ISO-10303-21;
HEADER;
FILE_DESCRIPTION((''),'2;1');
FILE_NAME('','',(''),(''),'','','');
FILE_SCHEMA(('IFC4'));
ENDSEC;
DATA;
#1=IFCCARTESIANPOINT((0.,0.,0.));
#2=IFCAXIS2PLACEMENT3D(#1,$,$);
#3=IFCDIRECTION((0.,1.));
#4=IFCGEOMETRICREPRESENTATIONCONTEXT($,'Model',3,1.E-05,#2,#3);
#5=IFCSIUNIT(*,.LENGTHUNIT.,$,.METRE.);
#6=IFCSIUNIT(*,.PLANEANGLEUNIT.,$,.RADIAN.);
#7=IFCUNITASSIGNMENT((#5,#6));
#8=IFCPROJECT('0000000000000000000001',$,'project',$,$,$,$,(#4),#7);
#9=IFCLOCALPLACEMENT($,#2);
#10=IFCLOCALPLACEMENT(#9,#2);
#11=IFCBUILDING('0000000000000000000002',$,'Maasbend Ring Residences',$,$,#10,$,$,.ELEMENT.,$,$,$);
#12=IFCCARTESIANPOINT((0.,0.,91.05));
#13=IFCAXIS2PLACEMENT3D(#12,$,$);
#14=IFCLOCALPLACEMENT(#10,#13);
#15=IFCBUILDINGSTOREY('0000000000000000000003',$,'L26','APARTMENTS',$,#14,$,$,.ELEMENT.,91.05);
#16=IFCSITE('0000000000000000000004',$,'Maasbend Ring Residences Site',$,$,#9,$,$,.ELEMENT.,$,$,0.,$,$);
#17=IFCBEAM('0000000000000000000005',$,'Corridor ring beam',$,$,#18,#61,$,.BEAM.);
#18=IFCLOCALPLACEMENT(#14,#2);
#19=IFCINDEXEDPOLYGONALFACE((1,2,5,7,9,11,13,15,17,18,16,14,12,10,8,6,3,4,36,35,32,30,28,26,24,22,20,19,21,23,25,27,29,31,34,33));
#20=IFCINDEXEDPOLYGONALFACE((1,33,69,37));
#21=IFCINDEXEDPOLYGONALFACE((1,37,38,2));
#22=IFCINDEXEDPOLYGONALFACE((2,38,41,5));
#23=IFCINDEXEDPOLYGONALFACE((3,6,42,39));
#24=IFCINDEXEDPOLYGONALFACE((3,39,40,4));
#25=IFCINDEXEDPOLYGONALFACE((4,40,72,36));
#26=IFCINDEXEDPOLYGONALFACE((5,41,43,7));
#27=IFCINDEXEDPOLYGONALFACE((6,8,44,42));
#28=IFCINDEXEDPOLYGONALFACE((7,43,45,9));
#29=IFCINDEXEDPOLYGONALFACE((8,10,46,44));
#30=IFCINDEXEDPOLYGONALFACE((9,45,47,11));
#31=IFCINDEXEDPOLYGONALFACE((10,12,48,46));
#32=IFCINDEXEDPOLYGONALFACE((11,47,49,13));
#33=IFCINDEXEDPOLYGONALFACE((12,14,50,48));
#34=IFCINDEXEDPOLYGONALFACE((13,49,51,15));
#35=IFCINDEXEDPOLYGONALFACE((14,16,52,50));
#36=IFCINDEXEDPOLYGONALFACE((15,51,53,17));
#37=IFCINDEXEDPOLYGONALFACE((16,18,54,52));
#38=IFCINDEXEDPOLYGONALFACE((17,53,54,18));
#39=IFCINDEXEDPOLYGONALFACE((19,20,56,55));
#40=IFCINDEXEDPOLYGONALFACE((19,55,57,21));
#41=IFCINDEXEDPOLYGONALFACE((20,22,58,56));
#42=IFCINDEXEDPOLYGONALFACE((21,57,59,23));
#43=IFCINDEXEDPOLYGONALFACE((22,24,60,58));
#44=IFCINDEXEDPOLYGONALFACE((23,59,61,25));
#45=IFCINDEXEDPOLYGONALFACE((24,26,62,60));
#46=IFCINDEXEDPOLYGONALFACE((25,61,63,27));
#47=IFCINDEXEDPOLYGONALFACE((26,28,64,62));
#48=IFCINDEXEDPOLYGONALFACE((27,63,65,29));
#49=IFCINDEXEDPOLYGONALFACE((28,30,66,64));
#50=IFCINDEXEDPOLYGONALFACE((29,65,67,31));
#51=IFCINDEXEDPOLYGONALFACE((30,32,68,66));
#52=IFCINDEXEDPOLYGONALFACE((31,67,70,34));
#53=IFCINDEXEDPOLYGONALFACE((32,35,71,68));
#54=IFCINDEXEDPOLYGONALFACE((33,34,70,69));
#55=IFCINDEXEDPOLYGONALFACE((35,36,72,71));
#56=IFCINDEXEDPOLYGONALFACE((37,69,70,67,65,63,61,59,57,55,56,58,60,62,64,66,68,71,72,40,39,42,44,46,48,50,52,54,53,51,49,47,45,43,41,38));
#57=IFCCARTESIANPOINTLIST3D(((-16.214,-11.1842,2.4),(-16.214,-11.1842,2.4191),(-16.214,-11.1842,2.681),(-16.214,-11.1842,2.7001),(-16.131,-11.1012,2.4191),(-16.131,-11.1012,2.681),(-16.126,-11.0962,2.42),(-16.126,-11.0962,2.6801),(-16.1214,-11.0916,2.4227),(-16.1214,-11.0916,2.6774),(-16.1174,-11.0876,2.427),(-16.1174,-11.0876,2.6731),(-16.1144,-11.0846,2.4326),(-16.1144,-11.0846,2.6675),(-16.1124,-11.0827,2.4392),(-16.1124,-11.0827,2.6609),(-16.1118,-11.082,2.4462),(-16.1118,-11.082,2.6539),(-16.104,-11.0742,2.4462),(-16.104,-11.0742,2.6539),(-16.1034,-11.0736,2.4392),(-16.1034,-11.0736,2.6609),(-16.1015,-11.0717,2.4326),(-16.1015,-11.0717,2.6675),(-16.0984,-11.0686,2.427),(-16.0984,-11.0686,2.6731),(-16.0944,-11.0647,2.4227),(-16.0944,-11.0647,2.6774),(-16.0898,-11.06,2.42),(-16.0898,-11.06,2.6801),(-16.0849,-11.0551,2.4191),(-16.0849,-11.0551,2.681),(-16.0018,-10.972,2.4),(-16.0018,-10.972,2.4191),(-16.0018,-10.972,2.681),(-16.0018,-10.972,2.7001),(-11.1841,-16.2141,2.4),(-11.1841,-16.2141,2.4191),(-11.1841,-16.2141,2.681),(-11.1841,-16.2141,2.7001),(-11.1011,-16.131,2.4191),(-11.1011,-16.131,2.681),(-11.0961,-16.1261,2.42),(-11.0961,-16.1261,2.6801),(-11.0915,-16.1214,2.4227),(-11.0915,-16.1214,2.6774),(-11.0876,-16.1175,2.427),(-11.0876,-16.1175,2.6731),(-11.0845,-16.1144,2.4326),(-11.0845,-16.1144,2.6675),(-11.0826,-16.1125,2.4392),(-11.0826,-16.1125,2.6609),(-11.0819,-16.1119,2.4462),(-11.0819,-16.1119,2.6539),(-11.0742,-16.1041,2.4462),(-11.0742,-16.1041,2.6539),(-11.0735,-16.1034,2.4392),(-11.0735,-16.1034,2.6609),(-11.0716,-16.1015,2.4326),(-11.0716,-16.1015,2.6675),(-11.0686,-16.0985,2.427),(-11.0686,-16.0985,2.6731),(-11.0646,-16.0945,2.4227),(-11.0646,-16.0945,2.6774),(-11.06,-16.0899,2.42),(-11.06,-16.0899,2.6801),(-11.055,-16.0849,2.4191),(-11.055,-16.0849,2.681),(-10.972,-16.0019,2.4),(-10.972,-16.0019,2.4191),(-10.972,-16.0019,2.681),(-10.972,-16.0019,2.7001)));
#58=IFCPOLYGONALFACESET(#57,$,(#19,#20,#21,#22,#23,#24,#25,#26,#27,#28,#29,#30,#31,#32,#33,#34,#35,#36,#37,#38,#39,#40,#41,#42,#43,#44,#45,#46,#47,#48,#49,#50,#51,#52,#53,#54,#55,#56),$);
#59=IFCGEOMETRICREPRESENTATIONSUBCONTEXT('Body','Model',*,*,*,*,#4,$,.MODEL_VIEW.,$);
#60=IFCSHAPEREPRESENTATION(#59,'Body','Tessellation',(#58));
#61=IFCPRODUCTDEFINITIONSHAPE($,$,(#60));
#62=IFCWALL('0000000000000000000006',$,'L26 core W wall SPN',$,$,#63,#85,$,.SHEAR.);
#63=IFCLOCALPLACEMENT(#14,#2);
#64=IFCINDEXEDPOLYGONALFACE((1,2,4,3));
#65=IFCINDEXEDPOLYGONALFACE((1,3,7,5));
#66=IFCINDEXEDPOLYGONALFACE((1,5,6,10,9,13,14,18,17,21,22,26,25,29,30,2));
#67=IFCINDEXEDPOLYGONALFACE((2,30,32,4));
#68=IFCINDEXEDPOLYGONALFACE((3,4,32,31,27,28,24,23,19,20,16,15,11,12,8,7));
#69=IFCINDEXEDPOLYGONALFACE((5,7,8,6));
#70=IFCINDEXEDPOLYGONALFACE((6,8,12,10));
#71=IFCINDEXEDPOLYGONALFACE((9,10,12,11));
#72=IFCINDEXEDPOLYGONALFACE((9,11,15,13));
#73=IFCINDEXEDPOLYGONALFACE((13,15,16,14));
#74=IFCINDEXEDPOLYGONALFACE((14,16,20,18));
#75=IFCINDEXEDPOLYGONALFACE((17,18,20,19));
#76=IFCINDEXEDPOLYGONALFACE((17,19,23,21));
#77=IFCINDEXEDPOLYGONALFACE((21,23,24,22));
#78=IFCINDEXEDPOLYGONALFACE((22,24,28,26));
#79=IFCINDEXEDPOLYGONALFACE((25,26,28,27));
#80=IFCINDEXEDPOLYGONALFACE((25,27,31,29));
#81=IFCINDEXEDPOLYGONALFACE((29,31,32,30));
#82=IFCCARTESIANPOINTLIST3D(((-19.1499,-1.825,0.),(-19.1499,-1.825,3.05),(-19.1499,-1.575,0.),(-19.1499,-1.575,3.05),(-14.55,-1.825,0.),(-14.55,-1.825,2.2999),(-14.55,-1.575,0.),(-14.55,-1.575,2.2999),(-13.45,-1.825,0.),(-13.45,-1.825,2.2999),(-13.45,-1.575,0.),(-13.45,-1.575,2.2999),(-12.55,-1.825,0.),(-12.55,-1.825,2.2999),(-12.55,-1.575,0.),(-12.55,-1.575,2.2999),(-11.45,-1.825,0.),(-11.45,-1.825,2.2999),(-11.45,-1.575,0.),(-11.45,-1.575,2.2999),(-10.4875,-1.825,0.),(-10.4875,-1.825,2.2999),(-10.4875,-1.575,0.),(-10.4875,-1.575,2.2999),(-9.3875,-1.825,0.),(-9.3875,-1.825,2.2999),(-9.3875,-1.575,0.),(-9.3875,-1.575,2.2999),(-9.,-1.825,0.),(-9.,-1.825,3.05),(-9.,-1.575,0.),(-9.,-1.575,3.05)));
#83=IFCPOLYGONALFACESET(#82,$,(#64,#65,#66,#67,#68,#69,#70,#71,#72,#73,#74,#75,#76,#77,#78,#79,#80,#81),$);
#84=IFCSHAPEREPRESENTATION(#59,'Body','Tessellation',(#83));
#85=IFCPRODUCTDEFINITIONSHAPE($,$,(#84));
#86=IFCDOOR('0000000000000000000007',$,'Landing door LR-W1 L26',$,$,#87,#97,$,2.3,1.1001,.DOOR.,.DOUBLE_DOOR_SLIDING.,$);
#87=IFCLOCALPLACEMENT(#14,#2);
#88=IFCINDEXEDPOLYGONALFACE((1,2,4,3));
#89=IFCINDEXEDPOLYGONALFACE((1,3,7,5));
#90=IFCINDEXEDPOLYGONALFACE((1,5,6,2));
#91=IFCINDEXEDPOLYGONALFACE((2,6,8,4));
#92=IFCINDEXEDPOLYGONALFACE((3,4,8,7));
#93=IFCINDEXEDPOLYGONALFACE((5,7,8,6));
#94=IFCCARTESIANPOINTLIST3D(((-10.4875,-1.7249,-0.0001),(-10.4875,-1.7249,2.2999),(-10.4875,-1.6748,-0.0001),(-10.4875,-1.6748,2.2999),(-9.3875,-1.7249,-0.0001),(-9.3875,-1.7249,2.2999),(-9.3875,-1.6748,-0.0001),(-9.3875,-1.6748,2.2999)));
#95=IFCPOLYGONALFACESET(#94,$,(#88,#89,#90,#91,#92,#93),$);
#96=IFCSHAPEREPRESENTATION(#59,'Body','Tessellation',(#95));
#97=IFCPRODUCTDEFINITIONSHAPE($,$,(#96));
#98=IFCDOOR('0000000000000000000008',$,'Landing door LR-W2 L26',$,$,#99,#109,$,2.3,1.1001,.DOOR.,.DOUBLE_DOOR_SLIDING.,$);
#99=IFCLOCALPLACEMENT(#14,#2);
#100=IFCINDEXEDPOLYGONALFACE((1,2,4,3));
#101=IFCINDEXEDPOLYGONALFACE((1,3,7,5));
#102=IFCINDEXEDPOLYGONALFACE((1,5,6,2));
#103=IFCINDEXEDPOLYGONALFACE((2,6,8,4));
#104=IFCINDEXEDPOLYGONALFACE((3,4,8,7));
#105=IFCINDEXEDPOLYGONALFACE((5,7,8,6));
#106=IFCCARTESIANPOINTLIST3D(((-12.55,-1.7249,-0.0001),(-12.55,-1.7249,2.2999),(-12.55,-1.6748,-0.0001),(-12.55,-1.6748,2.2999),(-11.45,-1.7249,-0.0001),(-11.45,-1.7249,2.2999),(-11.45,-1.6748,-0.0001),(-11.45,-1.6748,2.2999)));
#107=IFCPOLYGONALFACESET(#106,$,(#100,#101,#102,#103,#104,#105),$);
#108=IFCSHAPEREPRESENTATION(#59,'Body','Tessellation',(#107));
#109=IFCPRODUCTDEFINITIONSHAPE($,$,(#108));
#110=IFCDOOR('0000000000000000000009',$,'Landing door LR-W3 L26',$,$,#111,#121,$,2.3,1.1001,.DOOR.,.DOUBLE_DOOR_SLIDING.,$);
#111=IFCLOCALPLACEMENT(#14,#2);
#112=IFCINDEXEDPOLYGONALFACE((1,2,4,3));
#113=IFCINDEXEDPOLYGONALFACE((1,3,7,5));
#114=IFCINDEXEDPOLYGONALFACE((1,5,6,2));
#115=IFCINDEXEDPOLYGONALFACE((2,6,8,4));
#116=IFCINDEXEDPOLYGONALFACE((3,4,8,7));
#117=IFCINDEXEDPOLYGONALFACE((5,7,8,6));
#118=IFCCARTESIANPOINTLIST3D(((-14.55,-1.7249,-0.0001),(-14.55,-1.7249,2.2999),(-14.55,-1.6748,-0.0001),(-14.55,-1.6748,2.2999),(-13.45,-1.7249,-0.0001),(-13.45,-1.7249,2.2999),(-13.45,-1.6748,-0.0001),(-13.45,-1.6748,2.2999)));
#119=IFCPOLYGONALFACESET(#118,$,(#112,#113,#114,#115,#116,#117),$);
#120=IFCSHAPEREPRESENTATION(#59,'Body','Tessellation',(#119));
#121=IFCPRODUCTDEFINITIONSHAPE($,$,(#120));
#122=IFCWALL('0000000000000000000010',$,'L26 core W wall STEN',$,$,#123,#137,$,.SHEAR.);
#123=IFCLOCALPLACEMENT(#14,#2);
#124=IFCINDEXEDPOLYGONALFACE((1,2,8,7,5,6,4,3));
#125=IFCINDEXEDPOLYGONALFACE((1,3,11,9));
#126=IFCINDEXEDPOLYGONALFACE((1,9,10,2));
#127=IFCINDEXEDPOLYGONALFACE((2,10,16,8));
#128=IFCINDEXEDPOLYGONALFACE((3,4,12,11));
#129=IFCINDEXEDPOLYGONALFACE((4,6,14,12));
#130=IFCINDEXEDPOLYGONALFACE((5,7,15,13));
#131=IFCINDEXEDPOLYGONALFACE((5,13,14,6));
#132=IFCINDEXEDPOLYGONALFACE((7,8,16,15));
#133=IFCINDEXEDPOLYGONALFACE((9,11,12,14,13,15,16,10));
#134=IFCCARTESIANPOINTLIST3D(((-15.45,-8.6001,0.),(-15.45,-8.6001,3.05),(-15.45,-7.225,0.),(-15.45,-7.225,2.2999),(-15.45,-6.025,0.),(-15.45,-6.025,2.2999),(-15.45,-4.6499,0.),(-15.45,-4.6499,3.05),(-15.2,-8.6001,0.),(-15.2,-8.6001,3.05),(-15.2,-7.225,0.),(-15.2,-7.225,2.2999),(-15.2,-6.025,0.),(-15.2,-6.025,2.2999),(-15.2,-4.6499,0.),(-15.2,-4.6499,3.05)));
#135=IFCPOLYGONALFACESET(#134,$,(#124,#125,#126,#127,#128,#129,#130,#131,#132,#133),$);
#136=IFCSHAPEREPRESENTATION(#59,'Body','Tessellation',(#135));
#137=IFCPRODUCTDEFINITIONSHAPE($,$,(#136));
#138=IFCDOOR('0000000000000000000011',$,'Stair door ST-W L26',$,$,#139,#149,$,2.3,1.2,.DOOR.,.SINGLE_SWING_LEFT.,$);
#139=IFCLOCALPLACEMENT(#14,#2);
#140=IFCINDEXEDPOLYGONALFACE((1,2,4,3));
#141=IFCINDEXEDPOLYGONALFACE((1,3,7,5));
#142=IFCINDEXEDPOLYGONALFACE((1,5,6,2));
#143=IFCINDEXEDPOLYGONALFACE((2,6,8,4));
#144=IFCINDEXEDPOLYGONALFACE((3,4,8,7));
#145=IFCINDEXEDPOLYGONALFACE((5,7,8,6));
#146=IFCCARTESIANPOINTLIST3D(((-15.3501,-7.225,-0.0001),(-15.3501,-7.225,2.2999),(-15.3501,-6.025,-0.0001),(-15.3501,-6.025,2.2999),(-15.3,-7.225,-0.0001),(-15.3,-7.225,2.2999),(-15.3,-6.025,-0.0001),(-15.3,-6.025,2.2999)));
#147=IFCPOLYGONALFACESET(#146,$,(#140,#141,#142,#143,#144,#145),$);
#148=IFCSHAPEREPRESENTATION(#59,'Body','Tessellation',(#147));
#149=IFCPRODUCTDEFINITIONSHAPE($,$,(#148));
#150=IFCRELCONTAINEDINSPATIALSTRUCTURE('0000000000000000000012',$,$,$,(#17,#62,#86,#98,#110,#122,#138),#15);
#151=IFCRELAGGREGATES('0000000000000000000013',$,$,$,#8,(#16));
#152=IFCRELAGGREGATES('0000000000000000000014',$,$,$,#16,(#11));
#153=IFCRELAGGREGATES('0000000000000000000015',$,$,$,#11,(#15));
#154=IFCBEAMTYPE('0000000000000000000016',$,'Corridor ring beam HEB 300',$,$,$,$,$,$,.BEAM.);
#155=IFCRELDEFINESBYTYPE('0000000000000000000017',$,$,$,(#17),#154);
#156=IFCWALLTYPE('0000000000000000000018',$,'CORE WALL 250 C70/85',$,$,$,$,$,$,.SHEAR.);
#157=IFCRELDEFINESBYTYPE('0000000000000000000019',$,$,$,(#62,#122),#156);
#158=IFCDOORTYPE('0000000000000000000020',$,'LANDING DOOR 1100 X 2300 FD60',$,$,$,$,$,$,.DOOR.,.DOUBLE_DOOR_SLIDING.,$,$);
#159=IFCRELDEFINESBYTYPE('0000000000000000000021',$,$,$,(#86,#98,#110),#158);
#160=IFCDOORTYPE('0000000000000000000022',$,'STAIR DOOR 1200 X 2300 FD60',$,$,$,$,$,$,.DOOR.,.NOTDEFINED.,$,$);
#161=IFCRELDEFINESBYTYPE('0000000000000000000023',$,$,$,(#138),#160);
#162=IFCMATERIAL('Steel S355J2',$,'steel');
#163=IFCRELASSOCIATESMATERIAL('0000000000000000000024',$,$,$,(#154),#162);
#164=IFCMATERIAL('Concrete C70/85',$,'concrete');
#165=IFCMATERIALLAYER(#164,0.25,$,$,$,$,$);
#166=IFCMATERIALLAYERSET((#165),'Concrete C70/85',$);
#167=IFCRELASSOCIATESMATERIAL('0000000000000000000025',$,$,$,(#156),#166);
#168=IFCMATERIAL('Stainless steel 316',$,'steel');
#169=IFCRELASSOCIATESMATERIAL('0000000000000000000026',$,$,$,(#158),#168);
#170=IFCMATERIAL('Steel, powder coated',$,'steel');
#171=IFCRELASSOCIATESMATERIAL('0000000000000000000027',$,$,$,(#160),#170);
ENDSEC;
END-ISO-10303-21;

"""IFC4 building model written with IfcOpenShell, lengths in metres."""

from ifc_helpers import new_model, si_unit, direction, frame, frame_2d, origin, origin_2d, place, context, subcontext, project, spatial, rectangle, i_section, extrude, material, layer, layer_set, material_profile, profile_set, type_object, element, fill, save


model = new_model("IFC4")

# Units and contexts
model_context = context("Model", 3, precision=1e-05, world=origin(), true_north=direction((0.0, 1.0)))
body_context = subcontext(model_context, "Body", "Model", "MODEL_VIEW")
ifc_project = project(units=[si_unit("LENGTHUNIT", "METRE"), si_unit("PLANEANGLEUNIT", "RADIAN")], contexts=[model_context])

# Site, building, storey
site_placement = place(None, origin())
site = spatial("IfcSite", under=ifc_project, at=site_placement, Name="Maasbend Ring Residences Site", CompositionType="ELEMENT", RefElevation=0.0)
building_placement = place(site_placement, origin())
building = spatial("IfcBuilding", under=site, at=building_placement, Name="Maasbend Ring Residences", CompositionType="ELEMENT")
storey_placement = place(building_placement, frame((0.0, 0.0, 91.05)))
storey = spatial("IfcBuildingStorey", under=building, at=storey_placement, Name="L26", Description="APARTMENTS", CompositionType="ELEMENT", Elevation=91.05)

# Beam
ifc_material_1 = material(Name="Steel S355J2", Category="steel")
ifc_material_profile = material_profile(ifc_material_1, i_section(OverallWidth=0.3, OverallDepth=0.3, WebThickness=0.011, FlangeThickness=0.019, FilletRadius=0.0271, at=origin_2d()), Name="HEB 300")
ifc_profile_set = profile_set([ifc_material_profile], Name="Steel S355J2")
beam_type = type_object("IfcBeamType", Name="Corridor ring beam HEB 300", PredefinedType="BEAM", material=ifc_profile_set)
beam_placement = place(storey_placement, frame((-16.1079, -11.0781, 2.55), z_axis=(0.707107, -0.707107, 0.0), x_axis=(0.707107, 0.707107, 0.0)))
element("IfcBeam", 1, at=beam_placement, inside=storey, type_object=beam_type, Name="Corridor ring beam", PredefinedType="BEAM", context=body_context, shape_type="SweptSolid", body=[
    extrude(i_section(OverallWidth=0.3, OverallDepth=0.3, WebThickness=0.011, FlangeThickness=0.019, FilletRadius=0.0271, at=origin_2d()), origin(), (0.0, 0.0, 1.0), 7.1133),
])

# Wall, openings, doors
ifc_material_2 = material(Name="Concrete C70/85", Category="concrete")
ifc_layer_1 = layer(ifc_material_2, 0.25)
ifc_layer_set_1 = layer_set([ifc_layer_1], Name="Concrete C70/85")
wall_type_1 = type_object("IfcWallType", Name="CORE WALL 250 C70/85", PredefinedType="SHEAR", material=ifc_layer_set_1)
wall_1_placement = place(storey_placement, frame((-9.0, -1.7, 0.0), z_axis=(0.0, 0.0, 1.0), x_axis=(-1.0, 0.0, 0.0)))
wall_1 = element("IfcWall", 2, at=wall_1_placement, inside=storey, type_object=wall_type_1, Name="L26 core W wall SPN", PredefinedType="SHEAR", context=body_context, shape_type="SweptSolid", body=[
    extrude(rectangle(XDim=10.1499, YDim=0.25, at=frame_2d((5.075, 0.0))), origin(), (0.0, 0.0, 1.0), 3.05),
])
opening_1_placement = place(wall_1_placement, frame((0.3875, 0.0, 0.0)))
opening_1 = element("IfcOpeningElement", 3, at=opening_1_placement, cuts=wall_1, PredefinedType="OPENING", context=body_context, shape_type="SweptSolid", body=[
    extrude(rectangle(XDim=1.1001, YDim=2.3, at=frame_2d((0.55, 1.1499))), frame((0.0, 0.135, 0.0), z_axis=(0.0, -1.0, 0.0), x_axis=(1.0, 0.0, 0.0)), (0.0, 0.0, 1.0), 0.27),
])
opening_2_placement = place(wall_1_placement, frame((2.45, 0.0, 0.0)))
opening_2 = element("IfcOpeningElement", 4, at=opening_2_placement, cuts=wall_1, PredefinedType="OPENING", context=body_context, shape_type="SweptSolid", body=[
    extrude(rectangle(XDim=1.1001, YDim=2.3, at=frame_2d((0.55, 1.1499))), frame((0.0, 0.135, 0.0), z_axis=(0.0, -1.0, 0.0), x_axis=(1.0, 0.0, 0.0)), (0.0, 0.0, 1.0), 0.27),
])
opening_3_placement = place(wall_1_placement, frame((4.45, 0.0, 0.0)))
opening_3 = element("IfcOpeningElement", 5, at=opening_3_placement, cuts=wall_1, PredefinedType="OPENING", context=body_context, shape_type="SweptSolid", body=[
    extrude(rectangle(XDim=1.1001, YDim=2.3, at=frame_2d((0.55, 1.1499))), frame((0.0, 0.135, 0.0), z_axis=(0.0, -1.0, 0.0), x_axis=(1.0, 0.0, 0.0)), (0.0, 0.0, 1.0), 0.27),
])
ifc_material_3 = material(Name="Stainless steel 316", Category="steel")
door_type_1 = type_object("IfcDoorType", Name="LANDING DOOR 1100 X 2300 FD60", OperationType="DOUBLE_DOOR_SLIDING", PredefinedType="DOOR", material=ifc_material_3)
door_1_placement = place(opening_1_placement, origin())
door_1 = element("IfcDoor", 6, at=door_1_placement, inside=storey, type_object=door_type_1, Name="Landing door LR-W1 L26", OperationType="DOUBLE_DOOR_SLIDING", OverallHeight=2.3, OverallWidth=1.1001, PredefinedType="DOOR", context=body_context, shape_type="SweptSolid", body=[
    extrude(rectangle(XDim=1.1001, YDim=2.3, at=frame_2d((0.55, 1.1499))), frame((0.0, 0.0249, 0.0), z_axis=(0.0, -1.0, 0.0), x_axis=(1.0, 0.0, 0.0)), (0.0, 0.0, 1.0), 0.05),
])
fill(opening_1, door_1)
door_2_placement = place(opening_2_placement, origin())
door_2 = element("IfcDoor", 7, at=door_2_placement, inside=storey, type_object=door_type_1, Name="Landing door LR-W2 L26", OperationType="DOUBLE_DOOR_SLIDING", OverallHeight=2.3, OverallWidth=1.1001, PredefinedType="DOOR", context=body_context, shape_type="SweptSolid", body=[
    extrude(rectangle(XDim=1.1001, YDim=2.3, at=frame_2d((0.55, 1.1499))), frame((0.0, 0.0249, 0.0), z_axis=(0.0, -1.0, 0.0), x_axis=(1.0, 0.0, 0.0)), (0.0, 0.0, 1.0), 0.05),
])
fill(opening_2, door_2)
door_3_placement = place(opening_3_placement, origin())
door_3 = element("IfcDoor", 8, at=door_3_placement, inside=storey, type_object=door_type_1, Name="Landing door LR-W3 L26", OperationType="DOUBLE_DOOR_SLIDING", OverallHeight=2.3, OverallWidth=1.1001, PredefinedType="DOOR", context=body_context, shape_type="SweptSolid", body=[
    extrude(rectangle(XDim=1.1001, YDim=2.3, at=frame_2d((0.55, 1.1499))), frame((0.0, 0.0249, 0.0), z_axis=(0.0, -1.0, 0.0), x_axis=(1.0, 0.0, 0.0)), (0.0, 0.0, 1.0), 0.05),
])
fill(opening_3, door_3)

# Wall, opening, door
wall_2_placement = place(storey_placement, frame((-15.325, -4.6499, 0.0), z_axis=(0.0, 0.0, 1.0), x_axis=(0.0, -1.0, 0.0)))
wall_2 = element("IfcWall", 9, at=wall_2_placement, inside=storey, type_object=wall_type_1, Name="L26 core W wall STEN", PredefinedType="SHEAR", context=body_context, shape_type="SweptSolid", body=[
    extrude(rectangle(XDim=3.9502, YDim=0.25, at=frame_2d((1.9751, 0.0))), origin(), (0.0, 0.0, 1.0), 3.05),
])
opening_4_placement = place(wall_2_placement, frame((1.375, 0.0, 0.0)))
opening_4 = element("IfcOpeningElement", 10, at=opening_4_placement, cuts=wall_2, PredefinedType="OPENING", context=body_context, shape_type="SweptSolid", body=[
    extrude(rectangle(XDim=1.2, YDim=2.3, at=frame_2d((0.6001, 1.1499))), frame((0.0, 0.135, 0.0), z_axis=(0.0, -1.0, 0.0), x_axis=(1.0, 0.0, 0.0)), (0.0, 0.0, 1.0), 0.27),
])
ifc_material_4 = material(Name="Steel, powder coated", Category="steel")
door_type_2 = type_object("IfcDoorType", Name="STAIR DOOR 1200 X 2300 FD60", OperationType="NOTDEFINED", PredefinedType="DOOR", material=ifc_material_4)
door_4_placement = place(opening_4_placement, origin())
door_4 = element("IfcDoor", 11, at=door_4_placement, inside=storey, type_object=door_type_2, Name="Stair door ST-W L26", OperationType="SINGLE_SWING_LEFT", OverallHeight=2.3, OverallWidth=1.2, PredefinedType="DOOR", context=body_context, shape_type="SweptSolid", body=[
    extrude(rectangle(XDim=1.2, YDim=2.3, at=frame_2d((0.6001, 1.1499))), frame((0.0, 0.0249, 0.0), z_axis=(0.0, -1.0, 0.0), x_axis=(1.0, 0.0, 0.0)), (0.0, 0.0, 1.0), 0.05),
])
fill(opening_4, door_4)

save(model, "model.ifc")
